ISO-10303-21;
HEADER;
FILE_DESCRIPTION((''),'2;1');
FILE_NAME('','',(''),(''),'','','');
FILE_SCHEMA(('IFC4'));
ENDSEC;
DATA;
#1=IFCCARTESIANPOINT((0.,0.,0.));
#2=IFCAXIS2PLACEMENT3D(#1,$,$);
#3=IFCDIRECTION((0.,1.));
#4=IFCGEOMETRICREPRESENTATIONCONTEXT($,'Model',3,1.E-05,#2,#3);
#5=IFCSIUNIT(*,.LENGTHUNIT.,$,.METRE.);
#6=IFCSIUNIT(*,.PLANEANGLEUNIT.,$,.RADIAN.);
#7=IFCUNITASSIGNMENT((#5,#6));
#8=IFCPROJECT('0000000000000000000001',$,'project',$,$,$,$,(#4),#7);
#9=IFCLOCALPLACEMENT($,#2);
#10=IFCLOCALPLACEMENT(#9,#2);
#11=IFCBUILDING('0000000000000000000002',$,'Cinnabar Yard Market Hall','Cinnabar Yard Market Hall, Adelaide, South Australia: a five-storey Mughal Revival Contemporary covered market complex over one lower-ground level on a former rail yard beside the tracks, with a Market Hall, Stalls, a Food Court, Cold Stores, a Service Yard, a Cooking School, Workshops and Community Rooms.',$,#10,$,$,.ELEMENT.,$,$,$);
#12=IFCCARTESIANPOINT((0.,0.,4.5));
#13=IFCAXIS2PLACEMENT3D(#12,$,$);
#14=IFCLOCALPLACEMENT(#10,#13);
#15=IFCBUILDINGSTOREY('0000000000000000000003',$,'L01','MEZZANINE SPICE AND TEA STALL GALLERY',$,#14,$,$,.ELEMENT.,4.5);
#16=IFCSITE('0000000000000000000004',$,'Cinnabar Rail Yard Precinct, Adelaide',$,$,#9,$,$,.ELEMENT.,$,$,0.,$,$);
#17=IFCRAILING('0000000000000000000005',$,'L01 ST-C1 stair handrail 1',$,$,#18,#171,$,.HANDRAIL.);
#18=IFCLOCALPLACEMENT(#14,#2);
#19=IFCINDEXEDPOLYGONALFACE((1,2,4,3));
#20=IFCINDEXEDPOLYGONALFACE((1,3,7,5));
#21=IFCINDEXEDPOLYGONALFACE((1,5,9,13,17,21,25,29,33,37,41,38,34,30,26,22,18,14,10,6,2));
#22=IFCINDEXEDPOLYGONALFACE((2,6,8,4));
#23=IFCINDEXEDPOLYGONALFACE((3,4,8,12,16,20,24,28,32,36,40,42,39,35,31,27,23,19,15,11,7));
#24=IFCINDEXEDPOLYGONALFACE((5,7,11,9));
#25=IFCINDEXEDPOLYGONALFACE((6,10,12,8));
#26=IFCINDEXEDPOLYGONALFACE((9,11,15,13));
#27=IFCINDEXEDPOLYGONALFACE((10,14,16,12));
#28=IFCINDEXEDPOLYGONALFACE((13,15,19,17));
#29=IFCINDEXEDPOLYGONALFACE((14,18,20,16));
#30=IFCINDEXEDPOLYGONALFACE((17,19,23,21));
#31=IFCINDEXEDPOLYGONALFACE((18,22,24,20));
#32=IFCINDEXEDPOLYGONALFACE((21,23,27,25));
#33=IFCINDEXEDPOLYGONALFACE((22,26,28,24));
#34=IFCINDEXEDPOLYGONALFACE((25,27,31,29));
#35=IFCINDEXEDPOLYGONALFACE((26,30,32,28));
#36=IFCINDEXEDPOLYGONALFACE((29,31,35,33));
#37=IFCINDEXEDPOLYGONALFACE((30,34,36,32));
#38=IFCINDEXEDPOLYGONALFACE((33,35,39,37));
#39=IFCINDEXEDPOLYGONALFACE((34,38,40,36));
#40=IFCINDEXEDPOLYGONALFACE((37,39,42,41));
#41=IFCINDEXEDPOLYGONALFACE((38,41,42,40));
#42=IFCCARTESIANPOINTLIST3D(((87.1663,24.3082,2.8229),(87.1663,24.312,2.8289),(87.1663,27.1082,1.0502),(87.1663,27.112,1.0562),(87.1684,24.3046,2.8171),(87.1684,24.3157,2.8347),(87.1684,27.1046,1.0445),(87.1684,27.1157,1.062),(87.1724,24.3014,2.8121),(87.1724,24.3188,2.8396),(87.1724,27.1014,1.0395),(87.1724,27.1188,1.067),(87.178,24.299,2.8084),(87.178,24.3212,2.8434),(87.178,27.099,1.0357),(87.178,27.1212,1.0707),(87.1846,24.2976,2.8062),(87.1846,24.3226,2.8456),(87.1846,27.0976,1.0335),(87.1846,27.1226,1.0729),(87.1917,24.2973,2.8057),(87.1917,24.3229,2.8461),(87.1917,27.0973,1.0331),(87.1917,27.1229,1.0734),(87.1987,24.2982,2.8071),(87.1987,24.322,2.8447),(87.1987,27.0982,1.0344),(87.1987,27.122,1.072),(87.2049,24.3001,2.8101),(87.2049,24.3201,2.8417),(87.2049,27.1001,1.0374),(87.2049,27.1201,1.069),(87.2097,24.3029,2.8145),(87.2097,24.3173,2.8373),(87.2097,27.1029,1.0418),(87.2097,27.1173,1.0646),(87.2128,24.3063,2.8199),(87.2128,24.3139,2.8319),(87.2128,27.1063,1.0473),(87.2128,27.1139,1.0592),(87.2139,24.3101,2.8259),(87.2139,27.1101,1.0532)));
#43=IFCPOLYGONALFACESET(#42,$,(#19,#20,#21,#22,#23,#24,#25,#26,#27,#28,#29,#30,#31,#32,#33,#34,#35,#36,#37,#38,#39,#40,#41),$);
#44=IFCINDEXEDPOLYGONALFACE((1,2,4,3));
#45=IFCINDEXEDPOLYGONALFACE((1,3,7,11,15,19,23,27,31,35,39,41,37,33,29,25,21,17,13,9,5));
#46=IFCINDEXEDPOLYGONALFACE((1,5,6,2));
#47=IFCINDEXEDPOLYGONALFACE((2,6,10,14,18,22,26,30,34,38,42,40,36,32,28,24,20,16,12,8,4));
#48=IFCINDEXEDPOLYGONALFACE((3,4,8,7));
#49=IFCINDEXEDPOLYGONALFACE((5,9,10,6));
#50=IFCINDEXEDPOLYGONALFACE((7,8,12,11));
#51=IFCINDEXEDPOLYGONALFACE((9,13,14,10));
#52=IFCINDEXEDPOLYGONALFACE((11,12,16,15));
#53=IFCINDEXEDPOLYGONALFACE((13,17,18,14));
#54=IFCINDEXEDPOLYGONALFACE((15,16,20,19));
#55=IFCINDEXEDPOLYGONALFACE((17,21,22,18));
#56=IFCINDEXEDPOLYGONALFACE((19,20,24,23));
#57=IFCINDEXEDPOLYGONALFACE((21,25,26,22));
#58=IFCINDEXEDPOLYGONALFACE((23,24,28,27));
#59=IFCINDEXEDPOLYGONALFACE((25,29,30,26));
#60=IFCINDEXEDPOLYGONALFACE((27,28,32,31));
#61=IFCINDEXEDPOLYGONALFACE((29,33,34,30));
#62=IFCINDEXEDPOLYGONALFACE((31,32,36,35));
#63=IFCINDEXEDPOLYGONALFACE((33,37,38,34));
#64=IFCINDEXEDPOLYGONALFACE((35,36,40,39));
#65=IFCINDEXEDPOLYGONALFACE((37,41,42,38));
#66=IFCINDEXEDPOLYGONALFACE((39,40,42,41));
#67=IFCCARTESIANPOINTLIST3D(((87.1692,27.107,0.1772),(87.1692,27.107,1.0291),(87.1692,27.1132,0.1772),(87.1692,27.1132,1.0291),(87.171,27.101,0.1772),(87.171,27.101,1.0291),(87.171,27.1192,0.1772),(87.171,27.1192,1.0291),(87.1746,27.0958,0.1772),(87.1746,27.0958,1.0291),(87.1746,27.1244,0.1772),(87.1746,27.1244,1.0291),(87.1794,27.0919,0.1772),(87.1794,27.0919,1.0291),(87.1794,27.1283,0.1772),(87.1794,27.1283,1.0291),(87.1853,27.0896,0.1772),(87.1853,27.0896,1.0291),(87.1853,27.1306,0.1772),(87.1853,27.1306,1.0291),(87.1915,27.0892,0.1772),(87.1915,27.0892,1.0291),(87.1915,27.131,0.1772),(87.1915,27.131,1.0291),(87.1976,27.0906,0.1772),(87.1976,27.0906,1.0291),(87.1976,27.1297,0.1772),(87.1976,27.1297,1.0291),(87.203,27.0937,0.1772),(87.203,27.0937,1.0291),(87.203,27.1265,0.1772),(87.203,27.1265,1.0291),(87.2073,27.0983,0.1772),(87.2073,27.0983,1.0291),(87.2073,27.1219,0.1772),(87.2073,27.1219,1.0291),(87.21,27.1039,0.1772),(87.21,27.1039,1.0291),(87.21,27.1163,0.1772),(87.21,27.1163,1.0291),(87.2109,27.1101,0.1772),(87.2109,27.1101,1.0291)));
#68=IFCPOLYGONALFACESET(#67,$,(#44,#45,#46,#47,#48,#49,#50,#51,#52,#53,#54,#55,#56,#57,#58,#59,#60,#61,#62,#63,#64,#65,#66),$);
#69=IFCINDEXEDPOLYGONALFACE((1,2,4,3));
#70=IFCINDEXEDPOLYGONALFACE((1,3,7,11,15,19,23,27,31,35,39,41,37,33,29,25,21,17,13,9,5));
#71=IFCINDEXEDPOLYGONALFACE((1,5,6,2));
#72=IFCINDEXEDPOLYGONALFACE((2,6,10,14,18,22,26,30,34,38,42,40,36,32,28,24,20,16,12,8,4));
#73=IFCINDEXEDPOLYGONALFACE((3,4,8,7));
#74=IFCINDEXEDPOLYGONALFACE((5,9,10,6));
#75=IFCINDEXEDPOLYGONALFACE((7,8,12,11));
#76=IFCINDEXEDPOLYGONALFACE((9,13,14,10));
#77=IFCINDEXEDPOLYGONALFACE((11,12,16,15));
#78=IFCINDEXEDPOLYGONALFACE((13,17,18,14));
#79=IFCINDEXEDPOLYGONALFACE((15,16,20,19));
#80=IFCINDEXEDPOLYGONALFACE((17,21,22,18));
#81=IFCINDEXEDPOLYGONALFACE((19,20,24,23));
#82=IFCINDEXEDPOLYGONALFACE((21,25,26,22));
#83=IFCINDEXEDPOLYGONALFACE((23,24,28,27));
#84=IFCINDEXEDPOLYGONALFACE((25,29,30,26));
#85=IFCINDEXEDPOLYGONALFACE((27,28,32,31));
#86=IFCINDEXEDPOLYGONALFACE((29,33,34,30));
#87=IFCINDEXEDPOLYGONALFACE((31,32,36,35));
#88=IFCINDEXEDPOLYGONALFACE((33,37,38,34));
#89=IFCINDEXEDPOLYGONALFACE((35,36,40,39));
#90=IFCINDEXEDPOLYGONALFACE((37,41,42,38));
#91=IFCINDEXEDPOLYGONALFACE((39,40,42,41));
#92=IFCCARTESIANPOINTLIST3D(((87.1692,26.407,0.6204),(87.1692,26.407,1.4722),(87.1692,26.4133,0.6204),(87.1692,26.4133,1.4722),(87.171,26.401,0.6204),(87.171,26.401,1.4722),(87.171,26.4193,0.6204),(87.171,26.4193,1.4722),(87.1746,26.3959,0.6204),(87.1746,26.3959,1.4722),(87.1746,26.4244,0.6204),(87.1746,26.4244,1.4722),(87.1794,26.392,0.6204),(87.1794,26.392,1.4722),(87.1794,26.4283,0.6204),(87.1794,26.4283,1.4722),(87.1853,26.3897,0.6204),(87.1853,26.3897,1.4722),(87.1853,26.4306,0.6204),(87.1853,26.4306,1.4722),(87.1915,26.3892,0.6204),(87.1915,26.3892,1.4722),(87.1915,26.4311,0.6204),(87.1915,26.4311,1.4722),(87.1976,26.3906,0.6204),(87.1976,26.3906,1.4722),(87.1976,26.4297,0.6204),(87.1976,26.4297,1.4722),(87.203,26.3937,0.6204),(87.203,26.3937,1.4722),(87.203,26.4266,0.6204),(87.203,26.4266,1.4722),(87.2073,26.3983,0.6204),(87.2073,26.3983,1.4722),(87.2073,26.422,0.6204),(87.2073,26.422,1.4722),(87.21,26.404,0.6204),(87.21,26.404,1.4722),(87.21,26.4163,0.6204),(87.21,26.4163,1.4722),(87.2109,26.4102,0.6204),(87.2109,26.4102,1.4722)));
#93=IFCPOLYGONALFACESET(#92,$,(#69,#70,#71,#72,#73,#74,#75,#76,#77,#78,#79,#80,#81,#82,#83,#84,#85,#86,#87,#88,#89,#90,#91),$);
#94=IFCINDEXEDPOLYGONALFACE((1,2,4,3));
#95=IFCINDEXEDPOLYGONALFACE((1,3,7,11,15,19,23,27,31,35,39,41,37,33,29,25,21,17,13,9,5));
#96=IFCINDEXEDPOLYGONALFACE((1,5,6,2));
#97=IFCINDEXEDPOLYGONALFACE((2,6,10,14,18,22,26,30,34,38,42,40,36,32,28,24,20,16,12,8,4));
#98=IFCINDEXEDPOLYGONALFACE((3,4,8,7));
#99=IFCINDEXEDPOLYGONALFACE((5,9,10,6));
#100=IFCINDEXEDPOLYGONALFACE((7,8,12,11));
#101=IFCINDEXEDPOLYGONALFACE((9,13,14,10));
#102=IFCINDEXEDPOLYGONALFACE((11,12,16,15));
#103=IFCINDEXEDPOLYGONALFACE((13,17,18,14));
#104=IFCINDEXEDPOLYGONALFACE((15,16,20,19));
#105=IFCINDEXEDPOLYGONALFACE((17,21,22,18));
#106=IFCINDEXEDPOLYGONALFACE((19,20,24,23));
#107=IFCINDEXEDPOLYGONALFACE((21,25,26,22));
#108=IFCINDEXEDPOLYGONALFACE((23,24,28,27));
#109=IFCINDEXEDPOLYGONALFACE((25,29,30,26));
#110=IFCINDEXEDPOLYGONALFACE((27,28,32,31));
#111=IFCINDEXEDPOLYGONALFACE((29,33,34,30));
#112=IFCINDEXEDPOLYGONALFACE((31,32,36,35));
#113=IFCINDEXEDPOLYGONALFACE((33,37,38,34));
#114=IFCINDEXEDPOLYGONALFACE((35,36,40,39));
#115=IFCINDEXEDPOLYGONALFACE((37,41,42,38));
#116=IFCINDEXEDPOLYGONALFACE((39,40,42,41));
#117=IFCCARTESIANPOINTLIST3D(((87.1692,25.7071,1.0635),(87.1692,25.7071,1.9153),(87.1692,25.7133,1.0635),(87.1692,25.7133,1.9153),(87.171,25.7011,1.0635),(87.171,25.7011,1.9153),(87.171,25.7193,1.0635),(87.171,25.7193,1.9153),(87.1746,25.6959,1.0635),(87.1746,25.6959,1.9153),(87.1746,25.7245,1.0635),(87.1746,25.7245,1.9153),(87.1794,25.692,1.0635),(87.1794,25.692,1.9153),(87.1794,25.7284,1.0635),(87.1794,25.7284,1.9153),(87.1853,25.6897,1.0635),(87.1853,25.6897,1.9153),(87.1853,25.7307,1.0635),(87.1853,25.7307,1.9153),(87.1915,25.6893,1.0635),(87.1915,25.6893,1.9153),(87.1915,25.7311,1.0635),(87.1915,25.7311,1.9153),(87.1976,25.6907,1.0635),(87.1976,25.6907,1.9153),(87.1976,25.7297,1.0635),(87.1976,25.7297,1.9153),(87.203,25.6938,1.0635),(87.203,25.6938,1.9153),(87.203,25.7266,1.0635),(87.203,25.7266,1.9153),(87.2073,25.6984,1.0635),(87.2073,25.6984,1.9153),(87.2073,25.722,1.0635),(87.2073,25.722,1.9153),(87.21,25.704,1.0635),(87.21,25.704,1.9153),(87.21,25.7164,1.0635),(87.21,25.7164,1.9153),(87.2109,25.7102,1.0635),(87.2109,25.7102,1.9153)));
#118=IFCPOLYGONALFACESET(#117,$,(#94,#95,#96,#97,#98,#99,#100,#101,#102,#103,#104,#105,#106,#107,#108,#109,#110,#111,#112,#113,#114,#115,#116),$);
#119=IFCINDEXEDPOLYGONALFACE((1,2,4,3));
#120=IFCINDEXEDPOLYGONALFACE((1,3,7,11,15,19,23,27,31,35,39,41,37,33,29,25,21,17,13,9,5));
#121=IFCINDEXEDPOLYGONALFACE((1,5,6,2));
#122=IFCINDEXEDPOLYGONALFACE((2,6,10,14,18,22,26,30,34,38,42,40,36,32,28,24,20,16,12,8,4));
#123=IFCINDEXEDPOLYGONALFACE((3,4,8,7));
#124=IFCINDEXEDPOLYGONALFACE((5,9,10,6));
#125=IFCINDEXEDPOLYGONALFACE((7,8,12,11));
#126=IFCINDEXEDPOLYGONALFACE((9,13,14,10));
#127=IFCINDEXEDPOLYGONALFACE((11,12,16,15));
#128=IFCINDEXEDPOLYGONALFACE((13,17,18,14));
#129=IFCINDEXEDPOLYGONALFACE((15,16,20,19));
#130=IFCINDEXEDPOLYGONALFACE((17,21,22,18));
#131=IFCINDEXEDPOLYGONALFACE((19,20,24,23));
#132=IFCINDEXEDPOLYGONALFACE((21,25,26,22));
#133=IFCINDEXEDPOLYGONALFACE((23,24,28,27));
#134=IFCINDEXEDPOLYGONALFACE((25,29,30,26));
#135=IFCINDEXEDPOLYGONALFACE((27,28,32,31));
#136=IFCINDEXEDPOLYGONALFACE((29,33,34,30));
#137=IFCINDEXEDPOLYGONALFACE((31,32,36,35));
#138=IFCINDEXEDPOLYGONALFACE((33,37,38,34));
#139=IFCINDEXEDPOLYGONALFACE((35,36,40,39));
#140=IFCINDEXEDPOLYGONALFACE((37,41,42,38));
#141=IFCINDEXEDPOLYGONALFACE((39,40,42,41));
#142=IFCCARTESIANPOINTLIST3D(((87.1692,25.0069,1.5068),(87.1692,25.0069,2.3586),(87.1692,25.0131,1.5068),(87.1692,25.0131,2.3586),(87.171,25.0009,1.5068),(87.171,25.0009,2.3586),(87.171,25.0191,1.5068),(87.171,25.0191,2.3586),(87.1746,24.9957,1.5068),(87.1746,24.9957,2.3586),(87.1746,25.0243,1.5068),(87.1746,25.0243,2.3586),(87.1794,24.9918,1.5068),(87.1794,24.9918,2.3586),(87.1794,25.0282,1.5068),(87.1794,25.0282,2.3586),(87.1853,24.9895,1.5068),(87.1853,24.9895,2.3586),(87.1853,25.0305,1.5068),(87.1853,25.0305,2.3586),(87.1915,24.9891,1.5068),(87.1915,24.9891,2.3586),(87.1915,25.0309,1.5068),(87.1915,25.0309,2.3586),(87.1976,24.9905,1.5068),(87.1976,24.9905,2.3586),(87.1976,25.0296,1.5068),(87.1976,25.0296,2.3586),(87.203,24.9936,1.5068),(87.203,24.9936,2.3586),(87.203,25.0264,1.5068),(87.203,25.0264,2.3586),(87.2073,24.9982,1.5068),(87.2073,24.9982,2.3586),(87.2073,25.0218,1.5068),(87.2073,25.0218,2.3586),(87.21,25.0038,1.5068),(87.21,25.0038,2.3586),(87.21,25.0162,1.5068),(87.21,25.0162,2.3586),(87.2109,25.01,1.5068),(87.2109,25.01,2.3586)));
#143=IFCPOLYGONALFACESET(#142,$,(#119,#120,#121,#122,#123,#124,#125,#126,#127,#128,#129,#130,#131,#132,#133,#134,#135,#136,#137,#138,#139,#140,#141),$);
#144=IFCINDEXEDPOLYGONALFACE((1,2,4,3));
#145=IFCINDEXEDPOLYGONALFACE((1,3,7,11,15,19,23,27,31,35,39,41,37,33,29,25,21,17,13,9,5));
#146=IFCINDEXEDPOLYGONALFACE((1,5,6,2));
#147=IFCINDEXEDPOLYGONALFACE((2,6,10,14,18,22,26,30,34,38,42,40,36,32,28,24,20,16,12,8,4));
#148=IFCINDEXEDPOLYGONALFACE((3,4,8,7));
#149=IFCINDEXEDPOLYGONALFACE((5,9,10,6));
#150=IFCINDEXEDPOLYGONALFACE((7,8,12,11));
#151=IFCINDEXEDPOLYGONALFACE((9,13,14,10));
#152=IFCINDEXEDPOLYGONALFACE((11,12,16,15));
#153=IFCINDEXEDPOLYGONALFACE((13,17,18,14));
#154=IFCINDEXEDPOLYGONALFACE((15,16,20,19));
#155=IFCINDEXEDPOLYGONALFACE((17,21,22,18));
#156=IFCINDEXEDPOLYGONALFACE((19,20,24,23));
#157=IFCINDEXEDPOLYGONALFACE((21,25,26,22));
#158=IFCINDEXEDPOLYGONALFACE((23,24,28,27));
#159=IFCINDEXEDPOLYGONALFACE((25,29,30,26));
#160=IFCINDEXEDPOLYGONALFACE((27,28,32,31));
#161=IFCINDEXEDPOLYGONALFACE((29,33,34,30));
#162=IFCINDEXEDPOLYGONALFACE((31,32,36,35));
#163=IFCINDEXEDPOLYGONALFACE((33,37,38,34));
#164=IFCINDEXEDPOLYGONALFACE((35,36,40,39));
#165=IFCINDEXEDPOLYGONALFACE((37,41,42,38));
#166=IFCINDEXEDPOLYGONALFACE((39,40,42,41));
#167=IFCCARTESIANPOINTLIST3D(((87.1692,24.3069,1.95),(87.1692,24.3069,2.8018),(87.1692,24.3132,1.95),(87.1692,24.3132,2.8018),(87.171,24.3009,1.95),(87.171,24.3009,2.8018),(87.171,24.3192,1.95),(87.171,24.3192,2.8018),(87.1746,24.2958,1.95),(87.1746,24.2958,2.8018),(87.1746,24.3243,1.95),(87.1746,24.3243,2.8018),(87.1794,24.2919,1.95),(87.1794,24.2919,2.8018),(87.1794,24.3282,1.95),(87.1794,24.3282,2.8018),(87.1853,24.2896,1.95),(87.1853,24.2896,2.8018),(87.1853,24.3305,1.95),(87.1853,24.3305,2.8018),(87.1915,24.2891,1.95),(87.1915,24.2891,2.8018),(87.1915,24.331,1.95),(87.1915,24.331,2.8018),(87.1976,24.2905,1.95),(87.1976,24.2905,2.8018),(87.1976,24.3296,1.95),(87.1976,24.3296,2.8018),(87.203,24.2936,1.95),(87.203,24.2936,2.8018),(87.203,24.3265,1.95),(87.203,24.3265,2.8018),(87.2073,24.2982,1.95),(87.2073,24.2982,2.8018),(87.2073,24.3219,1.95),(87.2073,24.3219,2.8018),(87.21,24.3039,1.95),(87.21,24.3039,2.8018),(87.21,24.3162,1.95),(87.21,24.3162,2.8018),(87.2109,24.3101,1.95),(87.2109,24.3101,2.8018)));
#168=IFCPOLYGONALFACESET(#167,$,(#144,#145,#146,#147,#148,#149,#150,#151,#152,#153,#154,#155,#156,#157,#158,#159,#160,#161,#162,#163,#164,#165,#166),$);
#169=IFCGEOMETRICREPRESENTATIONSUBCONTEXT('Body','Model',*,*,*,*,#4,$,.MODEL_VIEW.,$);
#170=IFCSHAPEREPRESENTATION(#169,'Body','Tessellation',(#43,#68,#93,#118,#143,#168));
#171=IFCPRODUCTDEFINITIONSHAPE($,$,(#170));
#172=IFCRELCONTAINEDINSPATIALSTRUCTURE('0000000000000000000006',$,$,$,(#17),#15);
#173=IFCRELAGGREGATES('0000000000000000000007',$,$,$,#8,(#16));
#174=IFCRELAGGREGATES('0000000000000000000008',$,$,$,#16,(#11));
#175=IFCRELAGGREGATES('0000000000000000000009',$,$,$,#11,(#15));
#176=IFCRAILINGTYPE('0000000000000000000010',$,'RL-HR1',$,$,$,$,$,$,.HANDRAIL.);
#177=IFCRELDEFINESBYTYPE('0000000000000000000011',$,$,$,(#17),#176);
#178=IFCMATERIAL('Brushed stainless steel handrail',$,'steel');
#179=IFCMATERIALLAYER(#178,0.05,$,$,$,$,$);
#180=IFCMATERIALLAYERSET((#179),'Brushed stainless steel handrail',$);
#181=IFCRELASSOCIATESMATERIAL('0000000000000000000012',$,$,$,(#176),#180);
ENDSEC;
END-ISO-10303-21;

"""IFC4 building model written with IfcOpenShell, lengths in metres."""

from ifc_helpers import new_model, si_unit, direction, frame, origin, origin_2d_with_axis, place, context, subcontext, project, spatial, circle, extrude, material, layer, layer_set, type_object, element, save


model = new_model("IFC4")

# Units and contexts
model_context = context("Model", 3, precision=1e-05, world=origin(), true_north=direction((0.0, 1.0)))
body_context = subcontext(model_context, "Body", "Model", "MODEL_VIEW")
ifc_project = project(units=[si_unit("LENGTHUNIT", "METRE"), si_unit("PLANEANGLEUNIT", "RADIAN")], contexts=[model_context])

# Site, building, storey
site_placement = place(None, origin())
site = spatial("IfcSite", under=ifc_project, at=site_placement, Name="Cinnabar Rail Yard Precinct, Adelaide", CompositionType="ELEMENT", RefElevation=0.0)
building_placement = place(site_placement, origin())
building = spatial("IfcBuilding", under=site, at=building_placement, Name="Cinnabar Yard Market Hall", Description="Cinnabar Yard Market Hall, Adelaide, South Australia: a five-storey Mughal Revival Contemporary covered market complex over one lower-ground level on a former rail yard beside the tracks, with a Market Hall, Stalls, a Food Court, Cold Stores, a Service Yard, a Cooking School, Workshops and Community Rooms.", CompositionType="ELEMENT")
storey_placement = place(building_placement, frame((0.0, 0.0, 4.5)))
storey = spatial("IfcBuildingStorey", under=building, at=storey_placement, Name="L01", Description="MEZZANINE SPICE AND TEA STALL GALLERY", CompositionType="ELEMENT", Elevation=4.5)

# Railing
ifc_material_1 = material(Name="Brushed stainless steel handrail", Category="steel")
ifc_layer_1 = layer(ifc_material_1, 0.05)
ifc_layer_set_1 = layer_set([ifc_layer_1], Name="Brushed stainless steel handrail")
railing_type_1 = type_object("IfcRailingType", Name="RL-HR1", PredefinedType="HANDRAIL", material=ifc_layer_set_1)
railing_1_placement = place(storey_placement, frame((87.1899, 27.1101, 0.1772)))
element("IfcRailing", 1, at=railing_1_placement, inside=storey, type_object=railing_type_1, Name="L01 ST-C1 stair handrail 1", PredefinedType="HANDRAIL", context=body_context, shape_type="SweptSolid", body=[
    extrude(circle(Radius=0.0239, at=origin_2d_with_axis()), frame((0.0, 0.0, 0.876), z_axis=(0.0, -0.844909, 0.53491), x_axis=(1.0, 0.0, 0.0)), (0.0, 0.0, 1.0), 3.314),
    extrude(circle(Radius=0.021, at=origin_2d_with_axis()), origin(), (0.0, 0.0, 1.0), 0.8518),
    extrude(circle(Radius=0.021, at=origin_2d_with_axis()), frame((0.0, -0.7, 0.4431)), (0.0, 0.0, 1.0), 0.8518),
    extrude(circle(Radius=0.021, at=origin_2d_with_axis()), frame((0.0, -1.3999, 0.8862)), (0.0, 0.0, 1.0), 0.8518),
    extrude(circle(Radius=0.021, at=origin_2d_with_axis()), frame((0.0, -2.1001, 1.3296)), (0.0, 0.0, 1.0), 0.8518),
    extrude(circle(Radius=0.021, at=origin_2d_with_axis()), frame((0.0, -2.8, 1.7727)), (0.0, 0.0, 1.0), 0.8518),
])

save(model, "model.ifc")
